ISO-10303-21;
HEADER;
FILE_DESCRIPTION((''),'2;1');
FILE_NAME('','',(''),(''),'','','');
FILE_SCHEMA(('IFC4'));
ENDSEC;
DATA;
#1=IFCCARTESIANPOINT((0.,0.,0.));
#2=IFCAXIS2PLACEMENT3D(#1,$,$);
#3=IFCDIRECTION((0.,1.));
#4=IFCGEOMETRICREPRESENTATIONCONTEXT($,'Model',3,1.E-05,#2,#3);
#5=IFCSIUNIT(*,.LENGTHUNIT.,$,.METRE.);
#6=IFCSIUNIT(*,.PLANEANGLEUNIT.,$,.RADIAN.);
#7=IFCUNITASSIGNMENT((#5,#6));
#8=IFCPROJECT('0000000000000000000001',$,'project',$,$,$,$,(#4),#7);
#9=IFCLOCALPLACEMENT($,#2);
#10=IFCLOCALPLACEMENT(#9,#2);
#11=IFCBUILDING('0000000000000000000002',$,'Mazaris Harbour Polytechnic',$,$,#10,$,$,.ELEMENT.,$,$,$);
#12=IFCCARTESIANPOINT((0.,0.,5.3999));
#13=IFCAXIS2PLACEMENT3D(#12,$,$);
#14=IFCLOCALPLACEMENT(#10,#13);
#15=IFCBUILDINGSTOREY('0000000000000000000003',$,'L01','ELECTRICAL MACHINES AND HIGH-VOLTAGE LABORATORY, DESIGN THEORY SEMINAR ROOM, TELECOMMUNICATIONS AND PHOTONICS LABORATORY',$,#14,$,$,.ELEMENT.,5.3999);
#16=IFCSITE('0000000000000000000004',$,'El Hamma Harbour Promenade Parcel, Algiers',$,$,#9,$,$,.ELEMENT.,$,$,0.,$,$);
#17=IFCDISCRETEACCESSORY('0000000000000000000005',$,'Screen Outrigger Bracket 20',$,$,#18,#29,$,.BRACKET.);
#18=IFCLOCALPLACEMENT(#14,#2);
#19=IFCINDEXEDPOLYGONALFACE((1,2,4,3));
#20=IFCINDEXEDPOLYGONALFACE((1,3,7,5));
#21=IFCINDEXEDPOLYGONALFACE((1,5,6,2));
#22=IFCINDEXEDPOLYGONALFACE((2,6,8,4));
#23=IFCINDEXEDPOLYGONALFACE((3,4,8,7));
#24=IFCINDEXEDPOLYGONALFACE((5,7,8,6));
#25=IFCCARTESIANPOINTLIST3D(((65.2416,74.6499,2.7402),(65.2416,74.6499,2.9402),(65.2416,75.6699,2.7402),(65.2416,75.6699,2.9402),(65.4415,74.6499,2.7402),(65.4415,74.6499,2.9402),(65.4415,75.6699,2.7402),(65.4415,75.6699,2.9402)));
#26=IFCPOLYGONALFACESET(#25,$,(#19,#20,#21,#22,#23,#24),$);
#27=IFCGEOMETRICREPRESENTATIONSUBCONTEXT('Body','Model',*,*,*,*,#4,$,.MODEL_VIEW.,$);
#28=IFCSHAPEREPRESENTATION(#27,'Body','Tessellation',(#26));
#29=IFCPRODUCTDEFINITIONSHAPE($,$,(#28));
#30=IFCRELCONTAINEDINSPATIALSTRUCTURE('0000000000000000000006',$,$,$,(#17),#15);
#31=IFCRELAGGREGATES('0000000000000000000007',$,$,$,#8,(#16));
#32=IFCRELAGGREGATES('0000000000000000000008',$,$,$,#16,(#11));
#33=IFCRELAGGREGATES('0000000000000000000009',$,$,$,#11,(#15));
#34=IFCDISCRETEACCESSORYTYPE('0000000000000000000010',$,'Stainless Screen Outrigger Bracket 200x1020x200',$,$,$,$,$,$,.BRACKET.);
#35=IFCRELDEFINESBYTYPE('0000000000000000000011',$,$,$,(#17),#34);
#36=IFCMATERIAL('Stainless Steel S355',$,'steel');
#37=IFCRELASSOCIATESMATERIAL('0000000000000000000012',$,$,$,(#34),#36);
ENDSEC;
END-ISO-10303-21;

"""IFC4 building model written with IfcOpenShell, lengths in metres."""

from ifc_helpers import new_model, si_unit, direction, frame, origin, origin_2d, place, context, subcontext, project, spatial, rectangle, extrude, material, type_object, element, save


model = new_model("IFC4")

# Units and contexts
model_context = context("Model", 3, precision=1e-05, world=origin(), true_north=direction((0.0, 1.0)))
body_context = subcontext(model_context, "Body", "Model", "MODEL_VIEW")
ifc_project = project(units=[si_unit("LENGTHUNIT", "METRE"), si_unit("PLANEANGLEUNIT", "RADIAN")], contexts=[model_context])

# Site, building, storey
site_placement = place(None, origin())
site = spatial("IfcSite", under=ifc_project, at=site_placement, Name="El Hamma Harbour Promenade Parcel, Algiers", CompositionType="ELEMENT", RefElevation=0.0)
building_placement = place(site_placement, origin())
building = spatial("IfcBuilding", under=site, at=building_placement, Name="Mazaris Harbour Polytechnic", CompositionType="ELEMENT")
storey_placement = place(building_placement, frame((0.0, 0.0, 5.3999)))
storey = spatial("IfcBuildingStorey", under=building, at=storey_placement, Name="L01", Description="ELECTRICAL MACHINES AND HIGH-VOLTAGE LABORATORY, DESIGN THEORY SEMINAR ROOM, TELECOMMUNICATIONS AND PHOTONICS LABORATORY", CompositionType="ELEMENT", Elevation=5.3999)

# Discrete accessory
ifc_material_1 = material(Name="Stainless Steel S355", Category="steel")
discrete_accessory_type = type_object("IfcDiscreteAccessoryType", Name="Stainless Screen Outrigger Bracket 200x1020x200", PredefinedType="BRACKET", material=ifc_material_1)
for number, where, z_axis, x_axis, name in (
    (1, (65.3416, 75.1599, 2.7402), (0.0, 0.0, 1.0), (-1.0, 0.0, 0.0), "Screen Outrigger Bracket 20"),
):
    element("IfcDiscreteAccessory", number, at=place(storey_placement, frame(where, z_axis=z_axis, x_axis=x_axis)), inside=storey, type_object=discrete_accessory_type, Name=name, PredefinedType="BRACKET", context=body_context, shape_type="SweptSolid", body=[
        extrude(rectangle(XDim=0.2, YDim=1.02, at=origin_2d()), origin(), (0.0, 0.0, 1.0), 0.2),
    ])

save(model, "model.ifc")
